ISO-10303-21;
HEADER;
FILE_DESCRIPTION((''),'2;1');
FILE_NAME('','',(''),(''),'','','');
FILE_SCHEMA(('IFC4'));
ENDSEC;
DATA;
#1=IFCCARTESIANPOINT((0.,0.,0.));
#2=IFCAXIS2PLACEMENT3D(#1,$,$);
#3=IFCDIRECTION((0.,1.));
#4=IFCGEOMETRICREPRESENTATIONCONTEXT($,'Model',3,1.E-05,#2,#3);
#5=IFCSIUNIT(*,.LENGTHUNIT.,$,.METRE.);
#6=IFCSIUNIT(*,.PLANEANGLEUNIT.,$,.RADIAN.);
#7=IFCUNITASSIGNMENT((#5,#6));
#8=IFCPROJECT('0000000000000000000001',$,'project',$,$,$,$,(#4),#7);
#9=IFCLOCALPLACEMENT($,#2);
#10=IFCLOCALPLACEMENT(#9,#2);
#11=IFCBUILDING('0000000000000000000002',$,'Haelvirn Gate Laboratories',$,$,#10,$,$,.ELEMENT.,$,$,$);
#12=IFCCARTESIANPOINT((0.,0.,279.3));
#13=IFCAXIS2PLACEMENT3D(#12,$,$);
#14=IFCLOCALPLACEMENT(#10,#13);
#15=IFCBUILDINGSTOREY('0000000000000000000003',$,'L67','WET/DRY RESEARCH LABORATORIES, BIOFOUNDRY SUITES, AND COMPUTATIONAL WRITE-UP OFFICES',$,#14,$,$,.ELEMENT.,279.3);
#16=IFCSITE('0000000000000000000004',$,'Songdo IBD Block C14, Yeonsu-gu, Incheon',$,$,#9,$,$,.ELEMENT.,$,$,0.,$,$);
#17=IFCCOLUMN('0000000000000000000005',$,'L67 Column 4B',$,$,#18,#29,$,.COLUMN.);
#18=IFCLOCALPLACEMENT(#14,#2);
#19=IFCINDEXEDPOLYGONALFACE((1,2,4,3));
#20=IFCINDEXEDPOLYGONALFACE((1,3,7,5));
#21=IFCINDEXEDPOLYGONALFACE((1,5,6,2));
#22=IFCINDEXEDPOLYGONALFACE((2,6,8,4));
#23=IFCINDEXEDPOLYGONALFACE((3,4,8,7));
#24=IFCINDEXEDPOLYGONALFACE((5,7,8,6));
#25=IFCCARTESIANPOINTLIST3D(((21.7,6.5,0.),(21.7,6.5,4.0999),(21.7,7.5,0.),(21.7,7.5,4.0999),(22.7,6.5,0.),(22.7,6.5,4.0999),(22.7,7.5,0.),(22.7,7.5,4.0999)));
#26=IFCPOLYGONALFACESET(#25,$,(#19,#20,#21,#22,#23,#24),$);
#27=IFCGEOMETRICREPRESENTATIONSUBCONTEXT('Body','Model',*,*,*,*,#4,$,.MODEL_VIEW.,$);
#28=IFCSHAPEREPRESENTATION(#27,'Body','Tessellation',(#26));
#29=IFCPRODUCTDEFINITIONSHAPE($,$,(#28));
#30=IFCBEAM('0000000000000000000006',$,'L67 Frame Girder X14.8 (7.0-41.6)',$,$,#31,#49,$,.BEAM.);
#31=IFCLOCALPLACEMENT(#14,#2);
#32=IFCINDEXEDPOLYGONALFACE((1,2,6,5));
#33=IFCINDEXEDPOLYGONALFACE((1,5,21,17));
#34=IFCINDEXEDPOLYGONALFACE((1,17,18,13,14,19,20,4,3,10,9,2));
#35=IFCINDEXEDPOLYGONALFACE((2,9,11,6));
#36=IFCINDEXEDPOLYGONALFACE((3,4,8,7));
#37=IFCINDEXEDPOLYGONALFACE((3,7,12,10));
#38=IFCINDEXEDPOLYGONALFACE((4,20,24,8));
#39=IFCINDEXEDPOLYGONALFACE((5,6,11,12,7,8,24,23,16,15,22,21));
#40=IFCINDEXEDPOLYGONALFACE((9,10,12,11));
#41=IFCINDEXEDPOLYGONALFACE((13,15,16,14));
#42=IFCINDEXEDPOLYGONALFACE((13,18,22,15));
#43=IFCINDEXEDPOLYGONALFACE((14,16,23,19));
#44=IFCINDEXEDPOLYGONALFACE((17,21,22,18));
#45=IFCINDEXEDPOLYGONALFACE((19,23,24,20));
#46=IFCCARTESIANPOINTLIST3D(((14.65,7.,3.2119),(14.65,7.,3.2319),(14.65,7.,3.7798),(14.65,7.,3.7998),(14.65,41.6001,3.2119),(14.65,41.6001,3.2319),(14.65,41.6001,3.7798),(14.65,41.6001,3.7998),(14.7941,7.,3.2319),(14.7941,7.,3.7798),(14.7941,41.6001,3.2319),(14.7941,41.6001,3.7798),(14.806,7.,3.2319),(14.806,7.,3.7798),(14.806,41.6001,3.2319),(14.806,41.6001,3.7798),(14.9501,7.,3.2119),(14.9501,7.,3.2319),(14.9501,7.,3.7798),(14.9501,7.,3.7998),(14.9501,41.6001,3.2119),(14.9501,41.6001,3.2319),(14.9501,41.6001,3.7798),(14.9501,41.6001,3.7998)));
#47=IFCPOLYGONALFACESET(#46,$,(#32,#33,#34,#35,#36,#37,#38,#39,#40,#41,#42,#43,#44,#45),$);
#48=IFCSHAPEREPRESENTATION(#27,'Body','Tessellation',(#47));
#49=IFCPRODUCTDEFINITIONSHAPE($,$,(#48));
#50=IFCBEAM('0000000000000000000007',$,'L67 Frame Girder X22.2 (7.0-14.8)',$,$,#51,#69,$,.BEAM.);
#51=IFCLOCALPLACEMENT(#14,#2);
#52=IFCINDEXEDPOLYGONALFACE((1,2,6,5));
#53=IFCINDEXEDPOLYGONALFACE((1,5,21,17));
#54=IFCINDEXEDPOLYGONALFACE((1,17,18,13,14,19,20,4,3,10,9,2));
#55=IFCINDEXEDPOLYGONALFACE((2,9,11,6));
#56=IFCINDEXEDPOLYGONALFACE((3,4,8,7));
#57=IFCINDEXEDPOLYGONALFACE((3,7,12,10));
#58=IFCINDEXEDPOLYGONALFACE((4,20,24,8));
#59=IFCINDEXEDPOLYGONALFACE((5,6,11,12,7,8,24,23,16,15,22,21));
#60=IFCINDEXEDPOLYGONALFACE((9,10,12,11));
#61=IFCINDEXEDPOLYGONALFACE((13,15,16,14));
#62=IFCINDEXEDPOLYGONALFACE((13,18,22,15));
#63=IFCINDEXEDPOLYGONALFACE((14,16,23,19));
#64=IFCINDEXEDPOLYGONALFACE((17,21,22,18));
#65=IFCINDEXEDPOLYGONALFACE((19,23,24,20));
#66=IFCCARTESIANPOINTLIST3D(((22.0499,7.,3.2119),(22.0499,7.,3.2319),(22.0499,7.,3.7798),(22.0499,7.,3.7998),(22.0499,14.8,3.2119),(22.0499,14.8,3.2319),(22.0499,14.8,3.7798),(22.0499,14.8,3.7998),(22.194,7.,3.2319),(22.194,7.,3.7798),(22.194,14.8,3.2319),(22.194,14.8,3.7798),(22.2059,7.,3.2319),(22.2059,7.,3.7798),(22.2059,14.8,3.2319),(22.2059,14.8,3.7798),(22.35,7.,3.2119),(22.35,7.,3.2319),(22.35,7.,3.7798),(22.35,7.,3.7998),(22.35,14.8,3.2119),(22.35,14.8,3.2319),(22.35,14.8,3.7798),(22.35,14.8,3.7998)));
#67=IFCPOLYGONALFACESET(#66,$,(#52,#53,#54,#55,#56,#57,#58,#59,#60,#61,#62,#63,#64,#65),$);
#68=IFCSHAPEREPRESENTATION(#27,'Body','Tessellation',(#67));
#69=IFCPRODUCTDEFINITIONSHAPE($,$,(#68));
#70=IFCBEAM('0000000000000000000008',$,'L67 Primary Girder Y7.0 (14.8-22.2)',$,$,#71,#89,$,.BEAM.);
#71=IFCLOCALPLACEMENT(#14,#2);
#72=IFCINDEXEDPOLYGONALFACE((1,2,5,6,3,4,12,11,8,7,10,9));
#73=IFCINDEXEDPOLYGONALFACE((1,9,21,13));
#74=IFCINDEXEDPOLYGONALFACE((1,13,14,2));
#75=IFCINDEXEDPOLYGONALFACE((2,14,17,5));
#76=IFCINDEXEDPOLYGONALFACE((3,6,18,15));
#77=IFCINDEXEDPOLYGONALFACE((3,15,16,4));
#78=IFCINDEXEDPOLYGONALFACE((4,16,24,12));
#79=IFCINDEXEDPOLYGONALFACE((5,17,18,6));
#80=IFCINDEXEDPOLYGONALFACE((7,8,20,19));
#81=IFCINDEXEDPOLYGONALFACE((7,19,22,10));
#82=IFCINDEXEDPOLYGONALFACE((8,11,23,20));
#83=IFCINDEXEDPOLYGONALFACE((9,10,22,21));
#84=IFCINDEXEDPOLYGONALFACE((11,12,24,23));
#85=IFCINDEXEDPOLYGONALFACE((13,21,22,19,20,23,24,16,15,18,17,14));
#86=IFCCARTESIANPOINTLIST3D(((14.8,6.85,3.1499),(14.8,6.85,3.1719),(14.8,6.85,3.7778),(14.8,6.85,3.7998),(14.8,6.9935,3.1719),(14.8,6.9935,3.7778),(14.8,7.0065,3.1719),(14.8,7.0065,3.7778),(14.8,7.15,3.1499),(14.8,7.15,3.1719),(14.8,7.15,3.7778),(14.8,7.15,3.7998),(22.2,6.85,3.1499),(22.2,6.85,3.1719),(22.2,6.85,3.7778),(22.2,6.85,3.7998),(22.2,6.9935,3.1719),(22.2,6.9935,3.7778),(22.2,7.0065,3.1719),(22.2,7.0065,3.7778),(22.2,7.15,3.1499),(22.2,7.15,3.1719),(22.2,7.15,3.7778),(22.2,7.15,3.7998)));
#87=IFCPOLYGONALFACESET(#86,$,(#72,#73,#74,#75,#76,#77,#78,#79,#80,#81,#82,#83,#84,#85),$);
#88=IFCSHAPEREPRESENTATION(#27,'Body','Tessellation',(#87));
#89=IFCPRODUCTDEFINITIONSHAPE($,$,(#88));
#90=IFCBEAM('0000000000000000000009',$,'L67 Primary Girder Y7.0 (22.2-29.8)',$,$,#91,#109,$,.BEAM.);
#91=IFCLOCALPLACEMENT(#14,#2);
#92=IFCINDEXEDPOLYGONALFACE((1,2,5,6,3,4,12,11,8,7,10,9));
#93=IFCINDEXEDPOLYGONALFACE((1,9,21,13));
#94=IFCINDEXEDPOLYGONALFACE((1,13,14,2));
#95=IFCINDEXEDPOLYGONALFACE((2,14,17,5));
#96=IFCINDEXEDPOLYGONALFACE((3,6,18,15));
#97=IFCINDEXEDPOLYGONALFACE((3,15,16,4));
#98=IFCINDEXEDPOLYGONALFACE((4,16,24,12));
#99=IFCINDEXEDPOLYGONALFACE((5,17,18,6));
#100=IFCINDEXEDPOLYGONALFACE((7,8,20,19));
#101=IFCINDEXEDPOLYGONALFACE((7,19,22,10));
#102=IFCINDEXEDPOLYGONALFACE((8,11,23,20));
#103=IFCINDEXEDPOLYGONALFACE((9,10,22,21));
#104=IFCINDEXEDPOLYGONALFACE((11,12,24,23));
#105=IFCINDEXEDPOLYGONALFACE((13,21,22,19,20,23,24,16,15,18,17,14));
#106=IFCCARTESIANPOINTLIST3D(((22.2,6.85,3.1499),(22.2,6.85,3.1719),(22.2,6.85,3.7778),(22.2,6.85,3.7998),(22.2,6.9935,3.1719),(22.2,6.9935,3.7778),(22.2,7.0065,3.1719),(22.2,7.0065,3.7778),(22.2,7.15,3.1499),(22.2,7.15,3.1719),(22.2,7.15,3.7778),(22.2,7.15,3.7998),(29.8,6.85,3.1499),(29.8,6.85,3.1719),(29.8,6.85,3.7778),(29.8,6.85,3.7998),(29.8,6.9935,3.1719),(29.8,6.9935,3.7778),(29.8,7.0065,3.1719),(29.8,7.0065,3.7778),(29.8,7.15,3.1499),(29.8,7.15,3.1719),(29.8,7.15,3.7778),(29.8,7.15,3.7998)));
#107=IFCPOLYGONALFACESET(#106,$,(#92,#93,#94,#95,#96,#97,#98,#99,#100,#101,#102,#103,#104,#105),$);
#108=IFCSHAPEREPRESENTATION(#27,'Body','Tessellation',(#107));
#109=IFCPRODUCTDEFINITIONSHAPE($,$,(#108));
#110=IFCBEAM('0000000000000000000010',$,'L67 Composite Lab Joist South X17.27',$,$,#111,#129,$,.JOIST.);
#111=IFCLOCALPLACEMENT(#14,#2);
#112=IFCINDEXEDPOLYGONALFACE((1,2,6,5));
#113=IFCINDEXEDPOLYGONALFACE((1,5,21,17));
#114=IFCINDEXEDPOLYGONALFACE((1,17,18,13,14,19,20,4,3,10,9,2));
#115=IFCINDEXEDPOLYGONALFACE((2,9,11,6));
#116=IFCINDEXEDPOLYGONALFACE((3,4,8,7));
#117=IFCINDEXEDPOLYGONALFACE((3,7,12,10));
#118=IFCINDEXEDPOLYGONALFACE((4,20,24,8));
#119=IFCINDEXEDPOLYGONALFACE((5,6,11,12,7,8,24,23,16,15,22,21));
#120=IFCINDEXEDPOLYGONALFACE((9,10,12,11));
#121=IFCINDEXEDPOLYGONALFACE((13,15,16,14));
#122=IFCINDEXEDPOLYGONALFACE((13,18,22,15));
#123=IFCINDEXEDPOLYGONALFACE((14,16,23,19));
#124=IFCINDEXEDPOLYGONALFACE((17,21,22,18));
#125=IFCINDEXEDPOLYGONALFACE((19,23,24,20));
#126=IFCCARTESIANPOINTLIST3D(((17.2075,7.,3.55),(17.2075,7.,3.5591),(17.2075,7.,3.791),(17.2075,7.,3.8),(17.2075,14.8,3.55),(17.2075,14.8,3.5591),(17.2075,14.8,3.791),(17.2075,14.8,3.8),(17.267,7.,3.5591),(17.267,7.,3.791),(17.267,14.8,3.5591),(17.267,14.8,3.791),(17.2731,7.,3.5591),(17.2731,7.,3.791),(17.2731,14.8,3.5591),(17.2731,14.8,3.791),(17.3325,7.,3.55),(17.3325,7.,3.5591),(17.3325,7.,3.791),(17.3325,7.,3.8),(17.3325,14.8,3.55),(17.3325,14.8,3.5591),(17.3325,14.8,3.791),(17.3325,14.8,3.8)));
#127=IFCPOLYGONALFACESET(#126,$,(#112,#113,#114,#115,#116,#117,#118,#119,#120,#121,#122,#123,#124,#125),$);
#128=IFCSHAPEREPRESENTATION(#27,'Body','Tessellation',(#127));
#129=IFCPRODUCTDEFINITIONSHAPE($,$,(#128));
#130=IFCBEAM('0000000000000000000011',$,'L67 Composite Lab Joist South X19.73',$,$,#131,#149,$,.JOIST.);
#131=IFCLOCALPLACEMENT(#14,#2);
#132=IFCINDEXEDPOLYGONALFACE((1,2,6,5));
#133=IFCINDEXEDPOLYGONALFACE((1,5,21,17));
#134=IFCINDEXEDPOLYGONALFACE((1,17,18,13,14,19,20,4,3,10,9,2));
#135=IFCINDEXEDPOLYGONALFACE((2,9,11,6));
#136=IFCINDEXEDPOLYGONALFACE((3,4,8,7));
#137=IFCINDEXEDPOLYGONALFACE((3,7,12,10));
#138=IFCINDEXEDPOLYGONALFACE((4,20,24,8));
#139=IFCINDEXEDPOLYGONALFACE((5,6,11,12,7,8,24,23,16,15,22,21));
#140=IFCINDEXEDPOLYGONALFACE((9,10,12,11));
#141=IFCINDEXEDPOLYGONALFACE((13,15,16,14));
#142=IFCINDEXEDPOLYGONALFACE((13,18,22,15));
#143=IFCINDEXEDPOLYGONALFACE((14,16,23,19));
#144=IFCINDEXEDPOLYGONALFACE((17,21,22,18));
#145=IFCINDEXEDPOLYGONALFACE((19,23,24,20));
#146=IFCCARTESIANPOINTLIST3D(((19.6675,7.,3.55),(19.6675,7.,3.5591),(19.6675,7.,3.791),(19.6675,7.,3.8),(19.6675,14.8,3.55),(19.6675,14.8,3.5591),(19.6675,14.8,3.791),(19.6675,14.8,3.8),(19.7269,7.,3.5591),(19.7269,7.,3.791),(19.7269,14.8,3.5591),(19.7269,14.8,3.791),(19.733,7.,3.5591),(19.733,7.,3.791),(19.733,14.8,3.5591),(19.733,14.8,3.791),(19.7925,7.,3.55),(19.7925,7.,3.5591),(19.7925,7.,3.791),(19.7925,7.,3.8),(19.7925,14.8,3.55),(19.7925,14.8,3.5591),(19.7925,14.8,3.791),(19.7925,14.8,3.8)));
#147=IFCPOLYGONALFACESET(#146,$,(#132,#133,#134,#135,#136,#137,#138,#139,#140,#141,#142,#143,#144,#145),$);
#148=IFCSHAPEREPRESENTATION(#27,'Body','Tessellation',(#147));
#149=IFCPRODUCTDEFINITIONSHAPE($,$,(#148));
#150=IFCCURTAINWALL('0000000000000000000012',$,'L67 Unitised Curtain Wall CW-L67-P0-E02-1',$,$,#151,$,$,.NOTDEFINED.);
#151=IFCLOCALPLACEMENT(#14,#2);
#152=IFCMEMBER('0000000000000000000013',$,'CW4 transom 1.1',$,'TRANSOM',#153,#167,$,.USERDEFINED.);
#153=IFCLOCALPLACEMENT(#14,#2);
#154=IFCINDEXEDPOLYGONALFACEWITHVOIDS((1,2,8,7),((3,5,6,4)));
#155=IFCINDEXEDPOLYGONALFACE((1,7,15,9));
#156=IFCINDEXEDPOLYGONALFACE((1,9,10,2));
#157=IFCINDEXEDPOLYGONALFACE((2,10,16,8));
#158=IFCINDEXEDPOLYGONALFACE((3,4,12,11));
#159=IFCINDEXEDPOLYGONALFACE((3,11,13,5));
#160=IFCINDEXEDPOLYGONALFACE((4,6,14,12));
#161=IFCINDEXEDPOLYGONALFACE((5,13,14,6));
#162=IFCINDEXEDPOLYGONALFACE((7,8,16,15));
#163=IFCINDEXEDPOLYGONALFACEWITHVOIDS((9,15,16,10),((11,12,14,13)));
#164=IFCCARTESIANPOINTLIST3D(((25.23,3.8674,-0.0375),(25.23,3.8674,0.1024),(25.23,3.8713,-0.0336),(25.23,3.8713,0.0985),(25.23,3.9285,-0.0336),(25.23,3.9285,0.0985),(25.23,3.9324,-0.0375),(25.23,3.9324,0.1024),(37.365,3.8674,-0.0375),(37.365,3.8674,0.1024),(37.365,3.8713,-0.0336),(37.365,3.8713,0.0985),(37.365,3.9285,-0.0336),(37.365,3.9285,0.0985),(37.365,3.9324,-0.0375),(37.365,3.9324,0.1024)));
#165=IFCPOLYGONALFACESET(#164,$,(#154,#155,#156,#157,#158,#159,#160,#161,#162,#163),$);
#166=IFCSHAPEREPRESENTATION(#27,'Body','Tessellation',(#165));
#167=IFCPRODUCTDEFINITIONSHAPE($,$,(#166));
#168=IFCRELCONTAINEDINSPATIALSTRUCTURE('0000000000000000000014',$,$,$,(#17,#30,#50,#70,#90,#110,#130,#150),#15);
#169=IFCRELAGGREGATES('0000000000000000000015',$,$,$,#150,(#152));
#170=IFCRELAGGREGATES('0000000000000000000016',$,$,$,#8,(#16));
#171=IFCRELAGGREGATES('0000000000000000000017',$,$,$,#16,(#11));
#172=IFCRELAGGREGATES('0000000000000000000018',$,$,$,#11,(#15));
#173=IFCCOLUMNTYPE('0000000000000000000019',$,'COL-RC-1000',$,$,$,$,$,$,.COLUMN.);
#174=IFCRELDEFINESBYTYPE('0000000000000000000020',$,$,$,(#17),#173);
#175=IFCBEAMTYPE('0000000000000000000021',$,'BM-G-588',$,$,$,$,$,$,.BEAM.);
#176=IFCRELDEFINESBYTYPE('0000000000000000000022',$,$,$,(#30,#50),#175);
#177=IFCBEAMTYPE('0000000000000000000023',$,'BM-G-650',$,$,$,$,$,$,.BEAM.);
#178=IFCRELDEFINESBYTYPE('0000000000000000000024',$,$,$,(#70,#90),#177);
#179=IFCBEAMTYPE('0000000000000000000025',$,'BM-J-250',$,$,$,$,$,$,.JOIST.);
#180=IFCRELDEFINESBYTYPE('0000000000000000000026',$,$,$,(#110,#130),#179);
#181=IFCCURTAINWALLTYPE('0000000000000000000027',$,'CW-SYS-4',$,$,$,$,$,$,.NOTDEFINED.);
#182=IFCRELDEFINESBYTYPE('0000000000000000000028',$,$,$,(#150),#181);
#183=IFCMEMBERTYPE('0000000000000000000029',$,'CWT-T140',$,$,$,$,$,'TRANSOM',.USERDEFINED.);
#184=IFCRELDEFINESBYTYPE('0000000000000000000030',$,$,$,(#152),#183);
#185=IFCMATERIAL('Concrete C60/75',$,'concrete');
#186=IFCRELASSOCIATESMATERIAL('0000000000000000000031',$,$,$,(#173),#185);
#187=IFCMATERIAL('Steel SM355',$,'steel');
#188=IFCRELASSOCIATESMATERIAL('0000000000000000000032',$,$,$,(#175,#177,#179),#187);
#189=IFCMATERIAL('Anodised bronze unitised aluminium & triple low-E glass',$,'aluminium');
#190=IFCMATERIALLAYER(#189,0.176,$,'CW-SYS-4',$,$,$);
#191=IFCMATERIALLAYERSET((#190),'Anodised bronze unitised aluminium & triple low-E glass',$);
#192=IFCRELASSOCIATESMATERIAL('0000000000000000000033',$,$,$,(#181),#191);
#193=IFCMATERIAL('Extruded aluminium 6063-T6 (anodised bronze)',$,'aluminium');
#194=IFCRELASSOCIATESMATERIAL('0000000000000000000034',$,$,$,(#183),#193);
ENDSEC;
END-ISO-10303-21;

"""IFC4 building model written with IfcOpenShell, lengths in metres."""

from ifc_helpers import new_model, si_unit, direction, frame, origin, origin_2d, place, context, subcontext, project, spatial, rectangle, hollow_rectangle, i_section, extrude, source, transform, mapped, material, layer, layer_set, material_profile, profile_set, type_object, type_shapes, element, aggregate, save


model = new_model("IFC4")

# Units and contexts
model_context = context("Model", 3, precision=1e-05, world=origin(), true_north=direction((0.0, 1.0)))
body_context = subcontext(model_context, "Body", "Model", "MODEL_VIEW")
ifc_project = project(units=[si_unit("LENGTHUNIT", "METRE"), si_unit("PLANEANGLEUNIT", "RADIAN")], contexts=[model_context])

# Site, building, storey
site_placement = place(None, origin())
site = spatial("IfcSite", under=ifc_project, at=site_placement, Name="Songdo IBD Block C14, Yeonsu-gu, Incheon", CompositionType="ELEMENT", RefElevation=0.0)
building_placement = place(site_placement, origin())
building = spatial("IfcBuilding", under=site, at=building_placement, Name="Haelvirn Gate Laboratories", CompositionType="ELEMENT")
storey_placement = place(building_placement, frame((0.0, 0.0, 279.3)))
storey = spatial("IfcBuildingStorey", under=building, at=storey_placement, Name="L67", Description="WET/DRY RESEARCH LABORATORIES, BIOFOUNDRY SUITES, AND COMPUTATIONAL WRITE-UP OFFICES", CompositionType="ELEMENT", Elevation=279.3)

# Column
ifc_material_1 = material(Name="Concrete C60/75", Category="concrete")
ifc_material_profile_1 = material_profile(ifc_material_1, rectangle(XDim=1.0, YDim=1.0, at=origin_2d()), Name="RC-1000x1000")
ifc_profile_set_1 = profile_set([ifc_material_profile_1], Name="Concrete C60/75")
column_type = type_object("IfcColumnType", Name="COL-RC-1000", PredefinedType="COLUMN", material=ifc_profile_set_1)
shared_shape_1 = source(origin(), body_context, "Body", "SweptSolid", [
    extrude(rectangle(XDim=1.0, YDim=1.0, at=origin_2d()), origin(), (0.0, 0.0, 1.0), 4.0999),
])
type_shapes(column_type, [shared_shape_1])
column_placement = place(storey_placement, frame((22.2, 7.0, 0.0), z_axis=(0.0, 0.0, 1.0), x_axis=(1.0, 0.0, 0.0)))
element("IfcColumn", 1, at=column_placement, inside=storey, type_object=column_type, Name="L67 Column 4B", PredefinedType="COLUMN", context=body_context, shape_type="MappedRepresentation", body=[
    mapped(shared_shape_1, transform((0.0, 0.0, 0.0), scale=1.0)),
])

# Beams
ifc_material_2 = material(Name="Steel SM355", Category="steel")
ifc_material_profile_2 = material_profile(ifc_material_2, i_section(OverallWidth=0.3, OverallDepth=0.5879, WebThickness=0.012, FlangeThickness=0.02, at=origin_2d()), Name="H-588x300x12x20")
ifc_profile_set_2 = profile_set([ifc_material_profile_2], Name="Steel SM355")
beam_type_1 = type_object("IfcBeamType", Name="BM-G-588", PredefinedType="BEAM", material=ifc_profile_set_2)
shared_shape_2 = source(origin(), body_context, "Body", "SweptSolid", [
    extrude(i_section(OverallWidth=0.3, OverallDepth=0.5879, WebThickness=0.012, FlangeThickness=0.02, at=origin_2d()), origin(), (0.0, 0.0, 1.0), 34.6001),
])
beam_1_placement = place(storey_placement, frame((14.8, 7.0, 3.5059), z_axis=(0.0, 1.0, 0.0), x_axis=(-1.0, 0.0, 0.0)))
element("IfcBeam", 2, at=beam_1_placement, inside=storey, type_object=beam_type_1, Name="L67 Frame Girder X14.8 (7.0-41.6)", PredefinedType="BEAM", context=body_context, shape_type="MappedRepresentation", body=[
    mapped(shared_shape_2, transform((0.0, 0.0, 0.0), scale=1.0)),
])
shared_shape_3 = source(origin(), body_context, "Body", "SweptSolid", [
    extrude(i_section(OverallWidth=0.3, OverallDepth=0.5879, WebThickness=0.012, FlangeThickness=0.02, at=origin_2d()), origin(), (0.0, 0.0, 1.0), 7.8),
])
type_shapes(beam_type_1, [shared_shape_2, shared_shape_3])
beam_2_placement = place(storey_placement, frame((22.2, 7.0, 3.5059), z_axis=(0.0, 1.0, 0.0), x_axis=(-1.0, 0.0, 0.0)))
element("IfcBeam", 3, at=beam_2_placement, inside=storey, type_object=beam_type_1, Name="L67 Frame Girder X22.2 (7.0-14.8)", PredefinedType="BEAM", context=body_context, shape_type="MappedRepresentation", body=[
    mapped(shared_shape_3, transform((0.0, 0.0, 0.0), scale=1.0)),
])
ifc_material_profile_3 = material_profile(ifc_material_2, i_section(OverallWidth=0.3, OverallDepth=0.6499, WebThickness=0.0129, FlangeThickness=0.022, at=origin_2d()), Name="H-650x300x13x22")
ifc_profile_set_3 = profile_set([ifc_material_profile_3], Name="Steel SM355")
beam_type_2 = type_object("IfcBeamType", Name="BM-G-650", PredefinedType="BEAM", material=ifc_profile_set_3)
shared_shape_4 = source(origin(), body_context, "Body", "SweptSolid", [
    extrude(i_section(OverallWidth=0.3, OverallDepth=0.6499, WebThickness=0.0129, FlangeThickness=0.022, at=origin_2d()), origin(), (0.0, 0.0, 1.0), 7.3999),
])
beam_3_placement = place(storey_placement, frame((14.8, 7.0, 3.4749), z_axis=(1.0, 0.0, 0.0), x_axis=(0.0, 1.0, 0.0)))
element("IfcBeam", 4, at=beam_3_placement, inside=storey, type_object=beam_type_2, Name="L67 Primary Girder Y7.0 (14.8-22.2)", PredefinedType="BEAM", context=body_context, shape_type="MappedRepresentation", body=[
    mapped(shared_shape_4, transform((0.0, 0.0, 0.0), scale=1.0)),
])
shared_shape_5 = source(origin(), body_context, "Body", "SweptSolid", [
    extrude(i_section(OverallWidth=0.3, OverallDepth=0.6499, WebThickness=0.0129, FlangeThickness=0.022, at=origin_2d()), origin(), (0.0, 0.0, 1.0), 7.6001),
])
type_shapes(beam_type_2, [shared_shape_4, shared_shape_5])
beam_4_placement = place(storey_placement, frame((22.2, 7.0, 3.4749), z_axis=(1.0, 0.0, 0.0), x_axis=(0.0, 1.0, 0.0)))
element("IfcBeam", 5, at=beam_4_placement, inside=storey, type_object=beam_type_2, Name="L67 Primary Girder Y7.0 (22.2-29.8)", PredefinedType="BEAM", context=body_context, shape_type="MappedRepresentation", body=[
    mapped(shared_shape_5, transform((0.0, 0.0, 0.0), scale=1.0)),
])
ifc_material_profile_4 = material_profile(ifc_material_2, i_section(OverallWidth=0.125, OverallDepth=0.25, WebThickness=0.0061, FlangeThickness=0.009, at=origin_2d()), Name="H-250x125x6x9")
ifc_profile_set_4 = profile_set([ifc_material_profile_4], Name="Steel SM355")
beam_type_3 = type_object("IfcBeamType", Name="BM-J-250", PredefinedType="JOIST", material=ifc_profile_set_4)
shared_shape_6 = source(origin(), body_context, "Body", "SweptSolid", [
    extrude(i_section(OverallWidth=0.125, OverallDepth=0.25, WebThickness=0.0061, FlangeThickness=0.009, at=origin_2d()), origin(), (0.0, 0.0, 1.0), 7.8),
])
type_shapes(beam_type_3, [shared_shape_6])
for number, where, z_axis, x_axis, name in (
    (6, (17.27, 7.0, 3.675), (0.0, 1.0, 0.0), (-1.0, 0.0, 0.0), "L67 Composite Lab Joist South X17.27"),
    (7, (19.73, 7.0, 3.675), (0.0, 1.0, 0.0), (-1.0, 0.0, 0.0), "L67 Composite Lab Joist South X19.73"),
):
    element("IfcBeam", number, at=place(storey_placement, frame(where, z_axis=z_axis, x_axis=x_axis)), inside=storey, type_object=beam_type_3, Name=name, PredefinedType="JOIST", context=body_context, shape_type="MappedRepresentation", body=[
        mapped(shared_shape_6, transform((0.0, 0.0, 0.0), scale=1.0)),
    ])

# Curtain wall, member
ifc_material_3 = material(Name="Anodised bronze unitised aluminium & triple low-E glass", Category="aluminium")
ifc_layer_1 = layer(ifc_material_3, 0.176, Name="CW-SYS-4")
ifc_layer_set_1 = layer_set([ifc_layer_1], Name="Anodised bronze unitised aluminium & triple low-E glass")
curtain_wall_type = type_object("IfcCurtainWallType", Name="CW-SYS-4", PredefinedType="NOTDEFINED", material=ifc_layer_set_1)
curtain_wall_1_placement = place(storey_placement, origin())
curtain_wall_1 = element("IfcCurtainWall", 8, at=curtain_wall_1_placement, inside=storey, type_object=curtain_wall_type, Name="L67 Unitised Curtain Wall CW-L67-P0-E02-1", PredefinedType="NOTDEFINED")
ifc_material_4 = material(Name="Extruded aluminium 6063-T6 (anodised bronze)", Category="aluminium")
ifc_material_profile_5 = material_profile(ifc_material_4, hollow_rectangle(XDim=0.0649, YDim=0.1399, WallThickness=0.0039, at=origin_2d()), Name="CWT-140x65x4")
ifc_profile_set_5 = profile_set([ifc_material_profile_5], Name="Extruded aluminium 6063-T6 (anodised bronze)")
member_type_1 = type_object("IfcMemberType", Name="CWT-T140", ElementType="TRANSOM", PredefinedType="USERDEFINED", material=ifc_profile_set_5)
shared_shape_7 = source(origin(), body_context, "Body", "SweptSolid", [
    extrude(hollow_rectangle(XDim=0.0649, YDim=0.1399, WallThickness=0.0039, at=origin_2d()), origin(), (0.0, 0.0, 1.0), 12.135),
])
member_1_placement = place(storey_placement, frame((25.23, 3.8999, 0.0325), z_axis=(1.0, 0.0, 0.0), x_axis=(0.0, 1.0, 0.0)))
member_1 = element("IfcMember", 9, at=member_1_placement, type_object=member_type_1, Name="CW4 transom 1.1", ObjectType="TRANSOM", PredefinedType="USERDEFINED", context=body_context, shape_type="MappedRepresentation", body=[
    mapped(shared_shape_7, transform((0.0, 0.0, 0.0), scale=1.0)),
])

aggregate(curtain_wall_1, [member_1])

save(model, "model.ifc")
